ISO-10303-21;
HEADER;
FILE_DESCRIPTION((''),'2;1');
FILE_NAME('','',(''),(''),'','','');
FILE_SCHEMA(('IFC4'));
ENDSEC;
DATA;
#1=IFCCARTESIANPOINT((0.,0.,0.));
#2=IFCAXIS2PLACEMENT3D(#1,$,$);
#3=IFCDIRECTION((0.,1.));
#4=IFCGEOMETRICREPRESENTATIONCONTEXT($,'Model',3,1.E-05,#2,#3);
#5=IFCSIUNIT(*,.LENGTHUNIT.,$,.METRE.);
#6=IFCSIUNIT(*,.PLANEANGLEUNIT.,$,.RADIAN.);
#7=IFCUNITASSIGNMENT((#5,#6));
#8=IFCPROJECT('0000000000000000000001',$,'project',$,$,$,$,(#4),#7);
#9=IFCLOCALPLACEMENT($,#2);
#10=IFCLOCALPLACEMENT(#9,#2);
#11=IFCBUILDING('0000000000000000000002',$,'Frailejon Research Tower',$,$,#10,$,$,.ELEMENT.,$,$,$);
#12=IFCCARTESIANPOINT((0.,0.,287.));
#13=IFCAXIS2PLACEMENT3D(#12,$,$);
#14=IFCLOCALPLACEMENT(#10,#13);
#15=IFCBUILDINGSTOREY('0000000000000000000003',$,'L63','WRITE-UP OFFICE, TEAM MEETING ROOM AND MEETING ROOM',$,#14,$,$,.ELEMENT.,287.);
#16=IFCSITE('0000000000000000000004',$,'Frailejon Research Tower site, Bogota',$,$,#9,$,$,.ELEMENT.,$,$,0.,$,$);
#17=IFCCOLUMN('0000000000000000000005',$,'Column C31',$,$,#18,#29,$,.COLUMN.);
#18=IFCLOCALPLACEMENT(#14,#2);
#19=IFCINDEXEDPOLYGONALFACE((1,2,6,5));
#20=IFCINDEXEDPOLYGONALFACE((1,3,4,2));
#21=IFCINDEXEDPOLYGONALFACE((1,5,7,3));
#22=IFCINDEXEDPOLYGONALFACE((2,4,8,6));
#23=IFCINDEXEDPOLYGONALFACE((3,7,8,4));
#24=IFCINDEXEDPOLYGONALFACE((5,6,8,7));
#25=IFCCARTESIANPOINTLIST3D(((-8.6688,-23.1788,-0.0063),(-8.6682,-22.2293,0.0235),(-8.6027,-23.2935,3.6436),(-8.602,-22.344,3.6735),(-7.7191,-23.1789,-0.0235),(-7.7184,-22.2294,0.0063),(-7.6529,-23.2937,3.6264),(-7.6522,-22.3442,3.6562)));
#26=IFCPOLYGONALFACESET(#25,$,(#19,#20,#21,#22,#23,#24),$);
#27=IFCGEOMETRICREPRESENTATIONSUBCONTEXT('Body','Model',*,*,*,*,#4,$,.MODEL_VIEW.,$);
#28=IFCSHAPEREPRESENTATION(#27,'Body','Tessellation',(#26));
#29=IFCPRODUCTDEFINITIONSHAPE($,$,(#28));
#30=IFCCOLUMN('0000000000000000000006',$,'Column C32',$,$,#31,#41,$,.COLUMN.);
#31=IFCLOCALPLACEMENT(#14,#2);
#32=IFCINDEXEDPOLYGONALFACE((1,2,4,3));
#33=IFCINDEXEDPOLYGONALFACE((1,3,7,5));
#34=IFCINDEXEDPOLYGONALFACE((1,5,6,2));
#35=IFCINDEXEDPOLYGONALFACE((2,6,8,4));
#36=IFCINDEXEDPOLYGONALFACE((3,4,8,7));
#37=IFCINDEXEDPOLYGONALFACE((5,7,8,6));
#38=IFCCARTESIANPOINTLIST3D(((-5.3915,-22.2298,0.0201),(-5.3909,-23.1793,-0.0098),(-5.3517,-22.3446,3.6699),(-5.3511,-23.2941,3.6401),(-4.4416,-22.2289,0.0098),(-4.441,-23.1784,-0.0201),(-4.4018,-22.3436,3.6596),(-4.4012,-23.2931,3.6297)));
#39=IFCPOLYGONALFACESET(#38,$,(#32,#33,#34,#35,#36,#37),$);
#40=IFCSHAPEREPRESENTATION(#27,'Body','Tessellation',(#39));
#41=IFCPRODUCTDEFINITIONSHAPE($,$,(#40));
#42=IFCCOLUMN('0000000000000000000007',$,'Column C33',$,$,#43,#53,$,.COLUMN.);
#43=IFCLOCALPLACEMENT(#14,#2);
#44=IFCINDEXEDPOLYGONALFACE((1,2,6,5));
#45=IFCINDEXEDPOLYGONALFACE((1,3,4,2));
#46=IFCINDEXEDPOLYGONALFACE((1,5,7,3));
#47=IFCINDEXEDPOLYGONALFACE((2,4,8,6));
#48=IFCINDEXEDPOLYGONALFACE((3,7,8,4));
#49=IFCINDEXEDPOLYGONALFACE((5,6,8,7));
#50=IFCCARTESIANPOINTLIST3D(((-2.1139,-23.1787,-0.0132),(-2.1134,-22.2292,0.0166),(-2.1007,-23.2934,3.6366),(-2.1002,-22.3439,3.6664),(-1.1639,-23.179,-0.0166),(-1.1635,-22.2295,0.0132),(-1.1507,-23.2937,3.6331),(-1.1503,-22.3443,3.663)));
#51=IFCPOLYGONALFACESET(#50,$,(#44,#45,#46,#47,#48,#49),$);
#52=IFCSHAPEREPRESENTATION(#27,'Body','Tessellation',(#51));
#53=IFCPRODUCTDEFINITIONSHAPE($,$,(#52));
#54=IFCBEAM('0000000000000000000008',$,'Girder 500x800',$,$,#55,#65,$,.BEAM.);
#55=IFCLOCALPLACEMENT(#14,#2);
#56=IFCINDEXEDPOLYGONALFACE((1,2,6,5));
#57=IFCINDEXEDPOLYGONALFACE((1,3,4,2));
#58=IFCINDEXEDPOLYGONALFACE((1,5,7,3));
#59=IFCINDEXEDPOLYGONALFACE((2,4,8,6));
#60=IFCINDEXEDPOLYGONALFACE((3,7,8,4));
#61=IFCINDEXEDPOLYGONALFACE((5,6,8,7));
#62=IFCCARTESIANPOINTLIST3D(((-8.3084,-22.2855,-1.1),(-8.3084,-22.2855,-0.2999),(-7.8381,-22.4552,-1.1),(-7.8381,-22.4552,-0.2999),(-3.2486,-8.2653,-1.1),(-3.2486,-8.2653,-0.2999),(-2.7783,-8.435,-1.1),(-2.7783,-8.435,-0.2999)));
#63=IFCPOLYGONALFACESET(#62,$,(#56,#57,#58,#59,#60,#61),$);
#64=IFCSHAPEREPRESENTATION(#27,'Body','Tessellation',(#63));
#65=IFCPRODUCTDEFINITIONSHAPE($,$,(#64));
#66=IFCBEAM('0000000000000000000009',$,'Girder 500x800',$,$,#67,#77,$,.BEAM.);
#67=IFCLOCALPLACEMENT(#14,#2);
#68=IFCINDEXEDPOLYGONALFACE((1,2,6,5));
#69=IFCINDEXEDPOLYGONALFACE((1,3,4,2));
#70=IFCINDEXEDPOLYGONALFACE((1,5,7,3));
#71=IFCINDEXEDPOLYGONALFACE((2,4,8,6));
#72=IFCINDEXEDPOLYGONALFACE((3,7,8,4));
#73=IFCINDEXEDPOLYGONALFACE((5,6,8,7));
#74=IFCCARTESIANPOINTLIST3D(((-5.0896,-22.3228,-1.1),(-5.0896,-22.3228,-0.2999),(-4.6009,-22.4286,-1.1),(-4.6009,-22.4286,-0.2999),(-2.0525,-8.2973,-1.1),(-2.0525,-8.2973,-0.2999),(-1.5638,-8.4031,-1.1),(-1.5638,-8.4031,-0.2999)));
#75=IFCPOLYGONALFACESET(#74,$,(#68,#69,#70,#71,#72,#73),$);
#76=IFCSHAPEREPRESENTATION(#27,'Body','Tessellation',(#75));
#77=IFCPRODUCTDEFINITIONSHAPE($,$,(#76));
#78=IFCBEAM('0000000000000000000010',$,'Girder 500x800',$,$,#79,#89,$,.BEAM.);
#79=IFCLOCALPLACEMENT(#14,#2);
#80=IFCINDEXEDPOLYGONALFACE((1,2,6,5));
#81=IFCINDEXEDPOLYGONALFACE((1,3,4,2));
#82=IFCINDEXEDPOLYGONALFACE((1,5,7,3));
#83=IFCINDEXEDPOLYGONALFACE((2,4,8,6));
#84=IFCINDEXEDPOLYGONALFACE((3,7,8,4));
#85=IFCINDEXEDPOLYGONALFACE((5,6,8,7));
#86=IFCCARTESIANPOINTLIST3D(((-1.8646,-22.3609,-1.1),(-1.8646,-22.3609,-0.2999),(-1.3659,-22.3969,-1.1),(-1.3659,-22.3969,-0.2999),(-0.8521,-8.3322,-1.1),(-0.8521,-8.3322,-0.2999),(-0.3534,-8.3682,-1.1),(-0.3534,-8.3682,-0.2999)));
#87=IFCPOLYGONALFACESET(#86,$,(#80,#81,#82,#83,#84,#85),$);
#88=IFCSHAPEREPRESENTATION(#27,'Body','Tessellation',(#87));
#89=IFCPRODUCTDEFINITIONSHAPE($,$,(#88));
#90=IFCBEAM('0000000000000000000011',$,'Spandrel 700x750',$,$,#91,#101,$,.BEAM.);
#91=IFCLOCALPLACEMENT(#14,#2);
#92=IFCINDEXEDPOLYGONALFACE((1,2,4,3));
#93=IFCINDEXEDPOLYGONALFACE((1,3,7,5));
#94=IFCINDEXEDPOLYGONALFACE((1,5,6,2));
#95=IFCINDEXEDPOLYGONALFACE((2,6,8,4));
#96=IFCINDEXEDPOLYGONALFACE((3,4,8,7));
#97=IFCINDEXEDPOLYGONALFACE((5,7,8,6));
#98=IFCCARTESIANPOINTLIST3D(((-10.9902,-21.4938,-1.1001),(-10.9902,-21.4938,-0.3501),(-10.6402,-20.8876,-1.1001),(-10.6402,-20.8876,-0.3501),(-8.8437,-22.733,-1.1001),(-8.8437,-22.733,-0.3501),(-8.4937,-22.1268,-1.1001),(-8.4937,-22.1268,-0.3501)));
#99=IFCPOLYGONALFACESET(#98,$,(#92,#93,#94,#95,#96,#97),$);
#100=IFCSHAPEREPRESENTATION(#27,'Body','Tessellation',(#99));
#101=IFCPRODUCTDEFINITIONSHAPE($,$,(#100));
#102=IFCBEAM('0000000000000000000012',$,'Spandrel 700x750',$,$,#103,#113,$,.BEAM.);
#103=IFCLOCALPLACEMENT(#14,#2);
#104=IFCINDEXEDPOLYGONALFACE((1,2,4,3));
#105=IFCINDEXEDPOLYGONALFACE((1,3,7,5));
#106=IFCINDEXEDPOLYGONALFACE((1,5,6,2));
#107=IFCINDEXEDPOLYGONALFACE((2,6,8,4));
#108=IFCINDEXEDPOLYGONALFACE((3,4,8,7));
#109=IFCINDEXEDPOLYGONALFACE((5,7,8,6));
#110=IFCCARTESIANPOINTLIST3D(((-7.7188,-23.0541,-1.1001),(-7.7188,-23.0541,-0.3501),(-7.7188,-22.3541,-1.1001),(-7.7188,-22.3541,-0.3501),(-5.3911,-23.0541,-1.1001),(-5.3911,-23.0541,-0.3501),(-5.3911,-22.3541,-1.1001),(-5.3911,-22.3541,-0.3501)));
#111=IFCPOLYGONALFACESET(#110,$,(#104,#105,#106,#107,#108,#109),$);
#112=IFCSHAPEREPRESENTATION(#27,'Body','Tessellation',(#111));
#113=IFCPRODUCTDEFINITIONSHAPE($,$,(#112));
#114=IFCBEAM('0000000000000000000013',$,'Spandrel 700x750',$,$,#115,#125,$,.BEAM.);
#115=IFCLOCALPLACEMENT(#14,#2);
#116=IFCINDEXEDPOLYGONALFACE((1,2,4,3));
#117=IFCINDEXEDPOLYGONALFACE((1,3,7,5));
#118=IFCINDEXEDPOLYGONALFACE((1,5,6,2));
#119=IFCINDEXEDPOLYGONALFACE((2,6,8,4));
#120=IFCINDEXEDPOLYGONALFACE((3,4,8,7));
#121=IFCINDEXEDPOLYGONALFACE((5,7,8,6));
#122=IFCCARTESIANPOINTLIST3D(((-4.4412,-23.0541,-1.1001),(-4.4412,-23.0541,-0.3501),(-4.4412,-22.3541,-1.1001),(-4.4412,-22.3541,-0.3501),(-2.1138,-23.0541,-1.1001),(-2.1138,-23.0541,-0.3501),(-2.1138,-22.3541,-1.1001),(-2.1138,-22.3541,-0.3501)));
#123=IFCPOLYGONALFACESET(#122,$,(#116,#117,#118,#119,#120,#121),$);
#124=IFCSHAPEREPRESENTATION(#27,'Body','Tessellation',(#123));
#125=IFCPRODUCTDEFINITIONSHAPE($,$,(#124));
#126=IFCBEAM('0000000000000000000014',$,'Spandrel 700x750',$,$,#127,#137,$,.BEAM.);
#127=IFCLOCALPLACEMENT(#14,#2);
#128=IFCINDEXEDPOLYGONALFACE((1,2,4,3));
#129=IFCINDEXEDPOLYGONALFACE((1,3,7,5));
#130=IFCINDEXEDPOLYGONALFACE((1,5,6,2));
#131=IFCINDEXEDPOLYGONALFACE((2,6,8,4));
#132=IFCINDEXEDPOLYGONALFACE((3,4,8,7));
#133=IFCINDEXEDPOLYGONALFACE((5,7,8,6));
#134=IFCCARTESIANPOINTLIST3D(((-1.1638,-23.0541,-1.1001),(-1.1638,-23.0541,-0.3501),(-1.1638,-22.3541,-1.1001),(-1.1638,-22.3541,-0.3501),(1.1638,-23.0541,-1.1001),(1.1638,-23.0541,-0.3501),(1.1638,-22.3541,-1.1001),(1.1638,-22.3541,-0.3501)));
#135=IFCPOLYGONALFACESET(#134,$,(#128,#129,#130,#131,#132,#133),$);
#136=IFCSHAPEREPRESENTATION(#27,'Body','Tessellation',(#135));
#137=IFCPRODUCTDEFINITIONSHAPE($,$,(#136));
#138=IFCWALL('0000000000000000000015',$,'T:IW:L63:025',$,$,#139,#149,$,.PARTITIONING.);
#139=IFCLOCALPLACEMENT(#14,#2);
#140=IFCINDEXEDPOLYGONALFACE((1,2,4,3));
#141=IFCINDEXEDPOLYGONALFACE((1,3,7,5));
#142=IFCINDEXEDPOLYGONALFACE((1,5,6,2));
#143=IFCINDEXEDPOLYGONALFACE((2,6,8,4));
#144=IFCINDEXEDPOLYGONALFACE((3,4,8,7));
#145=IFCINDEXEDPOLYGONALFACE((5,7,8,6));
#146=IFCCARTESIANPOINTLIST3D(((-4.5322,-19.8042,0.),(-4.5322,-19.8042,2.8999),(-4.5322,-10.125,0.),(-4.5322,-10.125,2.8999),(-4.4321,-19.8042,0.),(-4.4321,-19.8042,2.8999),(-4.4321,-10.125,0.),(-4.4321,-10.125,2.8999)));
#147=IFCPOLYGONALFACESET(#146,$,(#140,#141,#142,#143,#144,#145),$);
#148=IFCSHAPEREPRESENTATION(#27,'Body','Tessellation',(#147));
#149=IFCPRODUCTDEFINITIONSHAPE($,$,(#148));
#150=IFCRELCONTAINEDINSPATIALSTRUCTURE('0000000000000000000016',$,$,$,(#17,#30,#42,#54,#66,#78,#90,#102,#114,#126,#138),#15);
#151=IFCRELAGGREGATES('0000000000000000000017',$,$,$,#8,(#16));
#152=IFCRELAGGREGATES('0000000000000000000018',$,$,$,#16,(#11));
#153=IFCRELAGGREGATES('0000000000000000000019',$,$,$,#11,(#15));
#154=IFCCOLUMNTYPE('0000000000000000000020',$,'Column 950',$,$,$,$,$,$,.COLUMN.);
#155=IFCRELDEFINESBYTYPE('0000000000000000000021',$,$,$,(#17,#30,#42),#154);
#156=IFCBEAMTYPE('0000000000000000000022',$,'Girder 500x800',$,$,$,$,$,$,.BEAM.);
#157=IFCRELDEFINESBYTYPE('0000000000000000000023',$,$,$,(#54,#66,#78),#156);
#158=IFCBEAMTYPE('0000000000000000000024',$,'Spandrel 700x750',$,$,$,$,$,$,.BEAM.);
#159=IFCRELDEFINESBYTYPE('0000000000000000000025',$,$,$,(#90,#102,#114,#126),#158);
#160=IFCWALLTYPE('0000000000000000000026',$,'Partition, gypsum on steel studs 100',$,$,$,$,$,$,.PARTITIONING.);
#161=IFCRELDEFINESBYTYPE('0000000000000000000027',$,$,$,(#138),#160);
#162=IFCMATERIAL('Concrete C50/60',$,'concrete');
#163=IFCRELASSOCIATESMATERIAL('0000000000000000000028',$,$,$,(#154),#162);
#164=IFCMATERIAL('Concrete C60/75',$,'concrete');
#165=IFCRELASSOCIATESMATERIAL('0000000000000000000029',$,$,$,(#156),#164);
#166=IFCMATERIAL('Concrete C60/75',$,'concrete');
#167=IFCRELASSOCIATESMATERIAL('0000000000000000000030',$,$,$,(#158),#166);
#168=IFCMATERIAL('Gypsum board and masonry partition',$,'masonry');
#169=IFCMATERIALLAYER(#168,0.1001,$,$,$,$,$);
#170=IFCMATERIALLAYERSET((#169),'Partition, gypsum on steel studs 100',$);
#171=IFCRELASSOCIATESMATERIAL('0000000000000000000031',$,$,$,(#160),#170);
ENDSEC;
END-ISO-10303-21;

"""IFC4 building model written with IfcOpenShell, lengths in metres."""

from ifc_helpers import new_model, si_unit, direction, frame, frame_2d, origin, origin_2d, place, context, subcontext, project, spatial, rectangle, extrude, material, layer, layer_set, material_profile, profile_set, type_object, element, save


model = new_model("IFC4")

# Units and contexts
model_context = context("Model", 3, precision=1e-05, world=origin(), true_north=direction((0.0, 1.0)))
body_context = subcontext(model_context, "Body", "Model", "MODEL_VIEW")
ifc_project = project(units=[si_unit("LENGTHUNIT", "METRE"), si_unit("PLANEANGLEUNIT", "RADIAN")], contexts=[model_context])

# Site, building, storey
site_placement = place(None, origin())
site = spatial("IfcSite", under=ifc_project, at=site_placement, Name="Frailejon Research Tower site, Bogota", CompositionType="ELEMENT", RefElevation=0.0)
building_placement = place(site_placement, origin())
building = spatial("IfcBuilding", under=site, at=building_placement, Name="Frailejon Research Tower", CompositionType="ELEMENT")
storey_placement = place(building_placement, frame((0.0, 0.0, 287.0)))
storey = spatial("IfcBuildingStorey", under=building, at=storey_placement, Name="L63", Description="WRITE-UP OFFICE, TEAM MEETING ROOM AND MEETING ROOM", CompositionType="ELEMENT", Elevation=287.0)

# Columns
ifc_material_1 = material(Name="Concrete C50/60", Category="concrete")
ifc_material_profile_1 = material_profile(ifc_material_1, rectangle(XDim=0.95, YDim=0.95, at=origin_2d()), Name="Column 950")
ifc_profile_set_1 = profile_set([ifc_material_profile_1], Name="Concrete C50/60")
column_type = type_object("IfcColumnType", Name="Column 950", PredefinedType="COLUMN", material=ifc_profile_set_1)
column_1_placement = place(storey_placement, frame((-8.1936, -22.7041, 0.0), z_axis=(0.018115, -0.031417, 0.999342), x_axis=(0.999836, -0.000157, -0.018129)))
element("IfcColumn", 1, at=column_1_placement, inside=storey, type_object=column_type, Name="Column C31", PredefinedType="COLUMN", context=body_context, shape_type="SweptSolid", body=[
    extrude(rectangle(XDim=0.95, YDim=0.95, at=origin_2d()), origin(), (0.0, 0.0, 1.0), 3.6523),
])
column_2_placement = place(storey_placement, frame((-4.9163, -22.7041, 0.0), z_axis=(0.010897, -0.031421, 0.999447), x_axis=(0.99994, 0.001008, -0.010871)))
element("IfcColumn", 2, at=column_2_placement, inside=storey, type_object=column_type, Name="Column C32", PredefinedType="COLUMN", context=body_context, shape_type="SweptSolid", body=[
    extrude(rectangle(XDim=0.95, YDim=0.95, at=origin_2d()), origin(), (0.0, 0.0, 1.0), 3.6519),
])
column_3_placement = place(storey_placement, frame((-1.6387, -22.7041, 0.0), z_axis=(0.00361, -0.031422, 0.9995), x_axis=(0.999993, -0.000341, -0.003623)))
element("IfcColumn", 3, at=column_3_placement, inside=storey, type_object=column_type, Name="Column C33", PredefinedType="COLUMN", context=body_context, shape_type="SweptSolid", body=[
    extrude(rectangle(XDim=0.95, YDim=0.95, at=origin_2d()), origin(), (0.0, 0.0, 1.0), 3.6516),
])

# Beams
ifc_material_2 = material(Name="Concrete C60/75", Category="concrete")
ifc_material_profile_2 = material_profile(ifc_material_2, rectangle(XDim=0.5, YDim=0.8, at=origin_2d()), Name="Girder 500x800")
ifc_profile_set_2 = profile_set([ifc_material_profile_2], Name="Concrete C60/75")
beam_type_1 = type_object("IfcBeamType", Name="Girder 500x800", PredefinedType="BEAM", material=ifc_profile_set_2)
beam_1_placement = place(storey_placement, frame((-8.0732, -22.3704, -0.7), z_axis=(0.339463, 0.940619, 0.0), x_axis=(-0.940619, 0.339463, 0.0)))
element("IfcBeam", 4, at=beam_1_placement, inside=storey, type_object=beam_type_1, Name="Girder 500x800", PredefinedType="BEAM", context=body_context, shape_type="SweptSolid", body=[
    extrude(rectangle(XDim=0.5, YDim=0.8, at=origin_2d()), origin(), (0.0, 0.0, 1.0), 14.9053),
])
beam_2_placement = place(storey_placement, frame((-4.8452, -22.3757, -0.7), z_axis=(0.211635, 0.977349, 0.0), x_axis=(-0.977349, 0.211635, 0.0)))
element("IfcBeam", 5, at=beam_2_placement, inside=storey, type_object=beam_type_1, Name="Girder 500x800", PredefinedType="BEAM", context=body_context, shape_type="SweptSolid", body=[
    extrude(rectangle(XDim=0.5, YDim=0.8, at=origin_2d()), origin(), (0.0, 0.0, 1.0), 14.3506),
])
beam_3_placement = place(storey_placement, frame((-1.6152, -22.3789, -0.7), z_axis=(0.071982, 0.997406, 0.0), x_axis=(-0.997406, 0.071982, 0.0)))
element("IfcBeam", 6, at=beam_3_placement, inside=storey, type_object=beam_type_1, Name="Girder 500x800", PredefinedType="BEAM", context=body_context, shape_type="SweptSolid", body=[
    extrude(rectangle(XDim=0.5, YDim=0.8, at=origin_2d()), origin(), (0.0, 0.0, 1.0), 14.0652),
])
ifc_material_3 = material(Name="Concrete C60/75", Category="concrete")
ifc_material_profile_3 = material_profile(ifc_material_3, rectangle(XDim=0.7, YDim=0.75, at=origin_2d()), Name="Spandrel 700x750")
ifc_profile_set_3 = profile_set([ifc_material_profile_3], Name="Concrete C60/75")
beam_type_2 = type_object("IfcBeamType", Name="Spandrel 700x750", PredefinedType="BEAM", material=ifc_profile_set_3)
beam_4_placement = place(storey_placement, frame((-10.8152, -21.1907, -0.7251), z_axis=(0.866028, -0.499995, 0.0), x_axis=(0.499995, 0.866028, 0.0)))
element("IfcBeam", 7, at=beam_4_placement, inside=storey, type_object=beam_type_2, Name="Spandrel 700x750", PredefinedType="BEAM", context=body_context, shape_type="SweptSolid", body=[
    extrude(rectangle(XDim=0.7, YDim=0.75, at=origin_2d()), origin(), (0.0, 0.0, 1.0), 2.4785),
])
beam_5_placement = place(storey_placement, frame((-7.7188, -22.7041, -0.7251), z_axis=(1.0, 0.0, 0.0), x_axis=(0.0, 1.0, 0.0)))
element("IfcBeam", 8, at=beam_5_placement, inside=storey, type_object=beam_type_2, Name="Spandrel 700x750", PredefinedType="BEAM", context=body_context, shape_type="SweptSolid", body=[
    extrude(rectangle(XDim=0.7, YDim=0.75, at=origin_2d()), origin(), (0.0, 0.0, 1.0), 2.3276),
])
beam_6_placement = place(storey_placement, frame((-4.4412, -22.7041, -0.7251), z_axis=(1.0, 0.0, 0.0), x_axis=(0.0, 1.0, 0.0)))
element("IfcBeam", 9, at=beam_6_placement, inside=storey, type_object=beam_type_2, Name="Spandrel 700x750", PredefinedType="BEAM", context=body_context, shape_type="SweptSolid", body=[
    extrude(rectangle(XDim=0.7, YDim=0.75, at=origin_2d()), origin(), (0.0, 0.0, 1.0), 2.3274),
])
beam_7_placement = place(storey_placement, frame((-1.1638, -22.7041, -0.7251), z_axis=(1.0, 0.0, 0.0), x_axis=(0.0, 1.0, 0.0)))
element("IfcBeam", 10, at=beam_7_placement, inside=storey, type_object=beam_type_2, Name="Spandrel 700x750", PredefinedType="BEAM", context=body_context, shape_type="SweptSolid", body=[
    extrude(rectangle(XDim=0.7, YDim=0.75, at=origin_2d()), origin(), (0.0, 0.0, 1.0), 2.3276),
])

# Wall
ifc_material_4 = material(Name="Gypsum board and masonry partition", Category="masonry")
ifc_layer_1 = layer(ifc_material_4, 0.1001)
ifc_layer_set_1 = layer_set([ifc_layer_1], Name="Partition, gypsum on steel studs 100")
wall_type_1 = type_object("IfcWallType", Name="Partition, gypsum on steel studs 100", PredefinedType="PARTITIONING", material=ifc_layer_set_1)
wall_1_placement = place(storey_placement, frame((-4.4822, -19.8042, 0.0), z_axis=(0.0, 0.0, 1.0), x_axis=(0.0, 1.0, 0.0)))
element("IfcWall", 11, at=wall_1_placement, inside=storey, type_object=wall_type_1, Name="T:IW:L63:025", PredefinedType="PARTITIONING", context=body_context, shape_type="SweptSolid", body=[
    extrude(rectangle(XDim=9.6792, YDim=0.1001, at=frame_2d((4.8396, 0.0))), origin(), (0.0, 0.0, 1.0), 2.8999),
])

save(model, "model.ifc")
